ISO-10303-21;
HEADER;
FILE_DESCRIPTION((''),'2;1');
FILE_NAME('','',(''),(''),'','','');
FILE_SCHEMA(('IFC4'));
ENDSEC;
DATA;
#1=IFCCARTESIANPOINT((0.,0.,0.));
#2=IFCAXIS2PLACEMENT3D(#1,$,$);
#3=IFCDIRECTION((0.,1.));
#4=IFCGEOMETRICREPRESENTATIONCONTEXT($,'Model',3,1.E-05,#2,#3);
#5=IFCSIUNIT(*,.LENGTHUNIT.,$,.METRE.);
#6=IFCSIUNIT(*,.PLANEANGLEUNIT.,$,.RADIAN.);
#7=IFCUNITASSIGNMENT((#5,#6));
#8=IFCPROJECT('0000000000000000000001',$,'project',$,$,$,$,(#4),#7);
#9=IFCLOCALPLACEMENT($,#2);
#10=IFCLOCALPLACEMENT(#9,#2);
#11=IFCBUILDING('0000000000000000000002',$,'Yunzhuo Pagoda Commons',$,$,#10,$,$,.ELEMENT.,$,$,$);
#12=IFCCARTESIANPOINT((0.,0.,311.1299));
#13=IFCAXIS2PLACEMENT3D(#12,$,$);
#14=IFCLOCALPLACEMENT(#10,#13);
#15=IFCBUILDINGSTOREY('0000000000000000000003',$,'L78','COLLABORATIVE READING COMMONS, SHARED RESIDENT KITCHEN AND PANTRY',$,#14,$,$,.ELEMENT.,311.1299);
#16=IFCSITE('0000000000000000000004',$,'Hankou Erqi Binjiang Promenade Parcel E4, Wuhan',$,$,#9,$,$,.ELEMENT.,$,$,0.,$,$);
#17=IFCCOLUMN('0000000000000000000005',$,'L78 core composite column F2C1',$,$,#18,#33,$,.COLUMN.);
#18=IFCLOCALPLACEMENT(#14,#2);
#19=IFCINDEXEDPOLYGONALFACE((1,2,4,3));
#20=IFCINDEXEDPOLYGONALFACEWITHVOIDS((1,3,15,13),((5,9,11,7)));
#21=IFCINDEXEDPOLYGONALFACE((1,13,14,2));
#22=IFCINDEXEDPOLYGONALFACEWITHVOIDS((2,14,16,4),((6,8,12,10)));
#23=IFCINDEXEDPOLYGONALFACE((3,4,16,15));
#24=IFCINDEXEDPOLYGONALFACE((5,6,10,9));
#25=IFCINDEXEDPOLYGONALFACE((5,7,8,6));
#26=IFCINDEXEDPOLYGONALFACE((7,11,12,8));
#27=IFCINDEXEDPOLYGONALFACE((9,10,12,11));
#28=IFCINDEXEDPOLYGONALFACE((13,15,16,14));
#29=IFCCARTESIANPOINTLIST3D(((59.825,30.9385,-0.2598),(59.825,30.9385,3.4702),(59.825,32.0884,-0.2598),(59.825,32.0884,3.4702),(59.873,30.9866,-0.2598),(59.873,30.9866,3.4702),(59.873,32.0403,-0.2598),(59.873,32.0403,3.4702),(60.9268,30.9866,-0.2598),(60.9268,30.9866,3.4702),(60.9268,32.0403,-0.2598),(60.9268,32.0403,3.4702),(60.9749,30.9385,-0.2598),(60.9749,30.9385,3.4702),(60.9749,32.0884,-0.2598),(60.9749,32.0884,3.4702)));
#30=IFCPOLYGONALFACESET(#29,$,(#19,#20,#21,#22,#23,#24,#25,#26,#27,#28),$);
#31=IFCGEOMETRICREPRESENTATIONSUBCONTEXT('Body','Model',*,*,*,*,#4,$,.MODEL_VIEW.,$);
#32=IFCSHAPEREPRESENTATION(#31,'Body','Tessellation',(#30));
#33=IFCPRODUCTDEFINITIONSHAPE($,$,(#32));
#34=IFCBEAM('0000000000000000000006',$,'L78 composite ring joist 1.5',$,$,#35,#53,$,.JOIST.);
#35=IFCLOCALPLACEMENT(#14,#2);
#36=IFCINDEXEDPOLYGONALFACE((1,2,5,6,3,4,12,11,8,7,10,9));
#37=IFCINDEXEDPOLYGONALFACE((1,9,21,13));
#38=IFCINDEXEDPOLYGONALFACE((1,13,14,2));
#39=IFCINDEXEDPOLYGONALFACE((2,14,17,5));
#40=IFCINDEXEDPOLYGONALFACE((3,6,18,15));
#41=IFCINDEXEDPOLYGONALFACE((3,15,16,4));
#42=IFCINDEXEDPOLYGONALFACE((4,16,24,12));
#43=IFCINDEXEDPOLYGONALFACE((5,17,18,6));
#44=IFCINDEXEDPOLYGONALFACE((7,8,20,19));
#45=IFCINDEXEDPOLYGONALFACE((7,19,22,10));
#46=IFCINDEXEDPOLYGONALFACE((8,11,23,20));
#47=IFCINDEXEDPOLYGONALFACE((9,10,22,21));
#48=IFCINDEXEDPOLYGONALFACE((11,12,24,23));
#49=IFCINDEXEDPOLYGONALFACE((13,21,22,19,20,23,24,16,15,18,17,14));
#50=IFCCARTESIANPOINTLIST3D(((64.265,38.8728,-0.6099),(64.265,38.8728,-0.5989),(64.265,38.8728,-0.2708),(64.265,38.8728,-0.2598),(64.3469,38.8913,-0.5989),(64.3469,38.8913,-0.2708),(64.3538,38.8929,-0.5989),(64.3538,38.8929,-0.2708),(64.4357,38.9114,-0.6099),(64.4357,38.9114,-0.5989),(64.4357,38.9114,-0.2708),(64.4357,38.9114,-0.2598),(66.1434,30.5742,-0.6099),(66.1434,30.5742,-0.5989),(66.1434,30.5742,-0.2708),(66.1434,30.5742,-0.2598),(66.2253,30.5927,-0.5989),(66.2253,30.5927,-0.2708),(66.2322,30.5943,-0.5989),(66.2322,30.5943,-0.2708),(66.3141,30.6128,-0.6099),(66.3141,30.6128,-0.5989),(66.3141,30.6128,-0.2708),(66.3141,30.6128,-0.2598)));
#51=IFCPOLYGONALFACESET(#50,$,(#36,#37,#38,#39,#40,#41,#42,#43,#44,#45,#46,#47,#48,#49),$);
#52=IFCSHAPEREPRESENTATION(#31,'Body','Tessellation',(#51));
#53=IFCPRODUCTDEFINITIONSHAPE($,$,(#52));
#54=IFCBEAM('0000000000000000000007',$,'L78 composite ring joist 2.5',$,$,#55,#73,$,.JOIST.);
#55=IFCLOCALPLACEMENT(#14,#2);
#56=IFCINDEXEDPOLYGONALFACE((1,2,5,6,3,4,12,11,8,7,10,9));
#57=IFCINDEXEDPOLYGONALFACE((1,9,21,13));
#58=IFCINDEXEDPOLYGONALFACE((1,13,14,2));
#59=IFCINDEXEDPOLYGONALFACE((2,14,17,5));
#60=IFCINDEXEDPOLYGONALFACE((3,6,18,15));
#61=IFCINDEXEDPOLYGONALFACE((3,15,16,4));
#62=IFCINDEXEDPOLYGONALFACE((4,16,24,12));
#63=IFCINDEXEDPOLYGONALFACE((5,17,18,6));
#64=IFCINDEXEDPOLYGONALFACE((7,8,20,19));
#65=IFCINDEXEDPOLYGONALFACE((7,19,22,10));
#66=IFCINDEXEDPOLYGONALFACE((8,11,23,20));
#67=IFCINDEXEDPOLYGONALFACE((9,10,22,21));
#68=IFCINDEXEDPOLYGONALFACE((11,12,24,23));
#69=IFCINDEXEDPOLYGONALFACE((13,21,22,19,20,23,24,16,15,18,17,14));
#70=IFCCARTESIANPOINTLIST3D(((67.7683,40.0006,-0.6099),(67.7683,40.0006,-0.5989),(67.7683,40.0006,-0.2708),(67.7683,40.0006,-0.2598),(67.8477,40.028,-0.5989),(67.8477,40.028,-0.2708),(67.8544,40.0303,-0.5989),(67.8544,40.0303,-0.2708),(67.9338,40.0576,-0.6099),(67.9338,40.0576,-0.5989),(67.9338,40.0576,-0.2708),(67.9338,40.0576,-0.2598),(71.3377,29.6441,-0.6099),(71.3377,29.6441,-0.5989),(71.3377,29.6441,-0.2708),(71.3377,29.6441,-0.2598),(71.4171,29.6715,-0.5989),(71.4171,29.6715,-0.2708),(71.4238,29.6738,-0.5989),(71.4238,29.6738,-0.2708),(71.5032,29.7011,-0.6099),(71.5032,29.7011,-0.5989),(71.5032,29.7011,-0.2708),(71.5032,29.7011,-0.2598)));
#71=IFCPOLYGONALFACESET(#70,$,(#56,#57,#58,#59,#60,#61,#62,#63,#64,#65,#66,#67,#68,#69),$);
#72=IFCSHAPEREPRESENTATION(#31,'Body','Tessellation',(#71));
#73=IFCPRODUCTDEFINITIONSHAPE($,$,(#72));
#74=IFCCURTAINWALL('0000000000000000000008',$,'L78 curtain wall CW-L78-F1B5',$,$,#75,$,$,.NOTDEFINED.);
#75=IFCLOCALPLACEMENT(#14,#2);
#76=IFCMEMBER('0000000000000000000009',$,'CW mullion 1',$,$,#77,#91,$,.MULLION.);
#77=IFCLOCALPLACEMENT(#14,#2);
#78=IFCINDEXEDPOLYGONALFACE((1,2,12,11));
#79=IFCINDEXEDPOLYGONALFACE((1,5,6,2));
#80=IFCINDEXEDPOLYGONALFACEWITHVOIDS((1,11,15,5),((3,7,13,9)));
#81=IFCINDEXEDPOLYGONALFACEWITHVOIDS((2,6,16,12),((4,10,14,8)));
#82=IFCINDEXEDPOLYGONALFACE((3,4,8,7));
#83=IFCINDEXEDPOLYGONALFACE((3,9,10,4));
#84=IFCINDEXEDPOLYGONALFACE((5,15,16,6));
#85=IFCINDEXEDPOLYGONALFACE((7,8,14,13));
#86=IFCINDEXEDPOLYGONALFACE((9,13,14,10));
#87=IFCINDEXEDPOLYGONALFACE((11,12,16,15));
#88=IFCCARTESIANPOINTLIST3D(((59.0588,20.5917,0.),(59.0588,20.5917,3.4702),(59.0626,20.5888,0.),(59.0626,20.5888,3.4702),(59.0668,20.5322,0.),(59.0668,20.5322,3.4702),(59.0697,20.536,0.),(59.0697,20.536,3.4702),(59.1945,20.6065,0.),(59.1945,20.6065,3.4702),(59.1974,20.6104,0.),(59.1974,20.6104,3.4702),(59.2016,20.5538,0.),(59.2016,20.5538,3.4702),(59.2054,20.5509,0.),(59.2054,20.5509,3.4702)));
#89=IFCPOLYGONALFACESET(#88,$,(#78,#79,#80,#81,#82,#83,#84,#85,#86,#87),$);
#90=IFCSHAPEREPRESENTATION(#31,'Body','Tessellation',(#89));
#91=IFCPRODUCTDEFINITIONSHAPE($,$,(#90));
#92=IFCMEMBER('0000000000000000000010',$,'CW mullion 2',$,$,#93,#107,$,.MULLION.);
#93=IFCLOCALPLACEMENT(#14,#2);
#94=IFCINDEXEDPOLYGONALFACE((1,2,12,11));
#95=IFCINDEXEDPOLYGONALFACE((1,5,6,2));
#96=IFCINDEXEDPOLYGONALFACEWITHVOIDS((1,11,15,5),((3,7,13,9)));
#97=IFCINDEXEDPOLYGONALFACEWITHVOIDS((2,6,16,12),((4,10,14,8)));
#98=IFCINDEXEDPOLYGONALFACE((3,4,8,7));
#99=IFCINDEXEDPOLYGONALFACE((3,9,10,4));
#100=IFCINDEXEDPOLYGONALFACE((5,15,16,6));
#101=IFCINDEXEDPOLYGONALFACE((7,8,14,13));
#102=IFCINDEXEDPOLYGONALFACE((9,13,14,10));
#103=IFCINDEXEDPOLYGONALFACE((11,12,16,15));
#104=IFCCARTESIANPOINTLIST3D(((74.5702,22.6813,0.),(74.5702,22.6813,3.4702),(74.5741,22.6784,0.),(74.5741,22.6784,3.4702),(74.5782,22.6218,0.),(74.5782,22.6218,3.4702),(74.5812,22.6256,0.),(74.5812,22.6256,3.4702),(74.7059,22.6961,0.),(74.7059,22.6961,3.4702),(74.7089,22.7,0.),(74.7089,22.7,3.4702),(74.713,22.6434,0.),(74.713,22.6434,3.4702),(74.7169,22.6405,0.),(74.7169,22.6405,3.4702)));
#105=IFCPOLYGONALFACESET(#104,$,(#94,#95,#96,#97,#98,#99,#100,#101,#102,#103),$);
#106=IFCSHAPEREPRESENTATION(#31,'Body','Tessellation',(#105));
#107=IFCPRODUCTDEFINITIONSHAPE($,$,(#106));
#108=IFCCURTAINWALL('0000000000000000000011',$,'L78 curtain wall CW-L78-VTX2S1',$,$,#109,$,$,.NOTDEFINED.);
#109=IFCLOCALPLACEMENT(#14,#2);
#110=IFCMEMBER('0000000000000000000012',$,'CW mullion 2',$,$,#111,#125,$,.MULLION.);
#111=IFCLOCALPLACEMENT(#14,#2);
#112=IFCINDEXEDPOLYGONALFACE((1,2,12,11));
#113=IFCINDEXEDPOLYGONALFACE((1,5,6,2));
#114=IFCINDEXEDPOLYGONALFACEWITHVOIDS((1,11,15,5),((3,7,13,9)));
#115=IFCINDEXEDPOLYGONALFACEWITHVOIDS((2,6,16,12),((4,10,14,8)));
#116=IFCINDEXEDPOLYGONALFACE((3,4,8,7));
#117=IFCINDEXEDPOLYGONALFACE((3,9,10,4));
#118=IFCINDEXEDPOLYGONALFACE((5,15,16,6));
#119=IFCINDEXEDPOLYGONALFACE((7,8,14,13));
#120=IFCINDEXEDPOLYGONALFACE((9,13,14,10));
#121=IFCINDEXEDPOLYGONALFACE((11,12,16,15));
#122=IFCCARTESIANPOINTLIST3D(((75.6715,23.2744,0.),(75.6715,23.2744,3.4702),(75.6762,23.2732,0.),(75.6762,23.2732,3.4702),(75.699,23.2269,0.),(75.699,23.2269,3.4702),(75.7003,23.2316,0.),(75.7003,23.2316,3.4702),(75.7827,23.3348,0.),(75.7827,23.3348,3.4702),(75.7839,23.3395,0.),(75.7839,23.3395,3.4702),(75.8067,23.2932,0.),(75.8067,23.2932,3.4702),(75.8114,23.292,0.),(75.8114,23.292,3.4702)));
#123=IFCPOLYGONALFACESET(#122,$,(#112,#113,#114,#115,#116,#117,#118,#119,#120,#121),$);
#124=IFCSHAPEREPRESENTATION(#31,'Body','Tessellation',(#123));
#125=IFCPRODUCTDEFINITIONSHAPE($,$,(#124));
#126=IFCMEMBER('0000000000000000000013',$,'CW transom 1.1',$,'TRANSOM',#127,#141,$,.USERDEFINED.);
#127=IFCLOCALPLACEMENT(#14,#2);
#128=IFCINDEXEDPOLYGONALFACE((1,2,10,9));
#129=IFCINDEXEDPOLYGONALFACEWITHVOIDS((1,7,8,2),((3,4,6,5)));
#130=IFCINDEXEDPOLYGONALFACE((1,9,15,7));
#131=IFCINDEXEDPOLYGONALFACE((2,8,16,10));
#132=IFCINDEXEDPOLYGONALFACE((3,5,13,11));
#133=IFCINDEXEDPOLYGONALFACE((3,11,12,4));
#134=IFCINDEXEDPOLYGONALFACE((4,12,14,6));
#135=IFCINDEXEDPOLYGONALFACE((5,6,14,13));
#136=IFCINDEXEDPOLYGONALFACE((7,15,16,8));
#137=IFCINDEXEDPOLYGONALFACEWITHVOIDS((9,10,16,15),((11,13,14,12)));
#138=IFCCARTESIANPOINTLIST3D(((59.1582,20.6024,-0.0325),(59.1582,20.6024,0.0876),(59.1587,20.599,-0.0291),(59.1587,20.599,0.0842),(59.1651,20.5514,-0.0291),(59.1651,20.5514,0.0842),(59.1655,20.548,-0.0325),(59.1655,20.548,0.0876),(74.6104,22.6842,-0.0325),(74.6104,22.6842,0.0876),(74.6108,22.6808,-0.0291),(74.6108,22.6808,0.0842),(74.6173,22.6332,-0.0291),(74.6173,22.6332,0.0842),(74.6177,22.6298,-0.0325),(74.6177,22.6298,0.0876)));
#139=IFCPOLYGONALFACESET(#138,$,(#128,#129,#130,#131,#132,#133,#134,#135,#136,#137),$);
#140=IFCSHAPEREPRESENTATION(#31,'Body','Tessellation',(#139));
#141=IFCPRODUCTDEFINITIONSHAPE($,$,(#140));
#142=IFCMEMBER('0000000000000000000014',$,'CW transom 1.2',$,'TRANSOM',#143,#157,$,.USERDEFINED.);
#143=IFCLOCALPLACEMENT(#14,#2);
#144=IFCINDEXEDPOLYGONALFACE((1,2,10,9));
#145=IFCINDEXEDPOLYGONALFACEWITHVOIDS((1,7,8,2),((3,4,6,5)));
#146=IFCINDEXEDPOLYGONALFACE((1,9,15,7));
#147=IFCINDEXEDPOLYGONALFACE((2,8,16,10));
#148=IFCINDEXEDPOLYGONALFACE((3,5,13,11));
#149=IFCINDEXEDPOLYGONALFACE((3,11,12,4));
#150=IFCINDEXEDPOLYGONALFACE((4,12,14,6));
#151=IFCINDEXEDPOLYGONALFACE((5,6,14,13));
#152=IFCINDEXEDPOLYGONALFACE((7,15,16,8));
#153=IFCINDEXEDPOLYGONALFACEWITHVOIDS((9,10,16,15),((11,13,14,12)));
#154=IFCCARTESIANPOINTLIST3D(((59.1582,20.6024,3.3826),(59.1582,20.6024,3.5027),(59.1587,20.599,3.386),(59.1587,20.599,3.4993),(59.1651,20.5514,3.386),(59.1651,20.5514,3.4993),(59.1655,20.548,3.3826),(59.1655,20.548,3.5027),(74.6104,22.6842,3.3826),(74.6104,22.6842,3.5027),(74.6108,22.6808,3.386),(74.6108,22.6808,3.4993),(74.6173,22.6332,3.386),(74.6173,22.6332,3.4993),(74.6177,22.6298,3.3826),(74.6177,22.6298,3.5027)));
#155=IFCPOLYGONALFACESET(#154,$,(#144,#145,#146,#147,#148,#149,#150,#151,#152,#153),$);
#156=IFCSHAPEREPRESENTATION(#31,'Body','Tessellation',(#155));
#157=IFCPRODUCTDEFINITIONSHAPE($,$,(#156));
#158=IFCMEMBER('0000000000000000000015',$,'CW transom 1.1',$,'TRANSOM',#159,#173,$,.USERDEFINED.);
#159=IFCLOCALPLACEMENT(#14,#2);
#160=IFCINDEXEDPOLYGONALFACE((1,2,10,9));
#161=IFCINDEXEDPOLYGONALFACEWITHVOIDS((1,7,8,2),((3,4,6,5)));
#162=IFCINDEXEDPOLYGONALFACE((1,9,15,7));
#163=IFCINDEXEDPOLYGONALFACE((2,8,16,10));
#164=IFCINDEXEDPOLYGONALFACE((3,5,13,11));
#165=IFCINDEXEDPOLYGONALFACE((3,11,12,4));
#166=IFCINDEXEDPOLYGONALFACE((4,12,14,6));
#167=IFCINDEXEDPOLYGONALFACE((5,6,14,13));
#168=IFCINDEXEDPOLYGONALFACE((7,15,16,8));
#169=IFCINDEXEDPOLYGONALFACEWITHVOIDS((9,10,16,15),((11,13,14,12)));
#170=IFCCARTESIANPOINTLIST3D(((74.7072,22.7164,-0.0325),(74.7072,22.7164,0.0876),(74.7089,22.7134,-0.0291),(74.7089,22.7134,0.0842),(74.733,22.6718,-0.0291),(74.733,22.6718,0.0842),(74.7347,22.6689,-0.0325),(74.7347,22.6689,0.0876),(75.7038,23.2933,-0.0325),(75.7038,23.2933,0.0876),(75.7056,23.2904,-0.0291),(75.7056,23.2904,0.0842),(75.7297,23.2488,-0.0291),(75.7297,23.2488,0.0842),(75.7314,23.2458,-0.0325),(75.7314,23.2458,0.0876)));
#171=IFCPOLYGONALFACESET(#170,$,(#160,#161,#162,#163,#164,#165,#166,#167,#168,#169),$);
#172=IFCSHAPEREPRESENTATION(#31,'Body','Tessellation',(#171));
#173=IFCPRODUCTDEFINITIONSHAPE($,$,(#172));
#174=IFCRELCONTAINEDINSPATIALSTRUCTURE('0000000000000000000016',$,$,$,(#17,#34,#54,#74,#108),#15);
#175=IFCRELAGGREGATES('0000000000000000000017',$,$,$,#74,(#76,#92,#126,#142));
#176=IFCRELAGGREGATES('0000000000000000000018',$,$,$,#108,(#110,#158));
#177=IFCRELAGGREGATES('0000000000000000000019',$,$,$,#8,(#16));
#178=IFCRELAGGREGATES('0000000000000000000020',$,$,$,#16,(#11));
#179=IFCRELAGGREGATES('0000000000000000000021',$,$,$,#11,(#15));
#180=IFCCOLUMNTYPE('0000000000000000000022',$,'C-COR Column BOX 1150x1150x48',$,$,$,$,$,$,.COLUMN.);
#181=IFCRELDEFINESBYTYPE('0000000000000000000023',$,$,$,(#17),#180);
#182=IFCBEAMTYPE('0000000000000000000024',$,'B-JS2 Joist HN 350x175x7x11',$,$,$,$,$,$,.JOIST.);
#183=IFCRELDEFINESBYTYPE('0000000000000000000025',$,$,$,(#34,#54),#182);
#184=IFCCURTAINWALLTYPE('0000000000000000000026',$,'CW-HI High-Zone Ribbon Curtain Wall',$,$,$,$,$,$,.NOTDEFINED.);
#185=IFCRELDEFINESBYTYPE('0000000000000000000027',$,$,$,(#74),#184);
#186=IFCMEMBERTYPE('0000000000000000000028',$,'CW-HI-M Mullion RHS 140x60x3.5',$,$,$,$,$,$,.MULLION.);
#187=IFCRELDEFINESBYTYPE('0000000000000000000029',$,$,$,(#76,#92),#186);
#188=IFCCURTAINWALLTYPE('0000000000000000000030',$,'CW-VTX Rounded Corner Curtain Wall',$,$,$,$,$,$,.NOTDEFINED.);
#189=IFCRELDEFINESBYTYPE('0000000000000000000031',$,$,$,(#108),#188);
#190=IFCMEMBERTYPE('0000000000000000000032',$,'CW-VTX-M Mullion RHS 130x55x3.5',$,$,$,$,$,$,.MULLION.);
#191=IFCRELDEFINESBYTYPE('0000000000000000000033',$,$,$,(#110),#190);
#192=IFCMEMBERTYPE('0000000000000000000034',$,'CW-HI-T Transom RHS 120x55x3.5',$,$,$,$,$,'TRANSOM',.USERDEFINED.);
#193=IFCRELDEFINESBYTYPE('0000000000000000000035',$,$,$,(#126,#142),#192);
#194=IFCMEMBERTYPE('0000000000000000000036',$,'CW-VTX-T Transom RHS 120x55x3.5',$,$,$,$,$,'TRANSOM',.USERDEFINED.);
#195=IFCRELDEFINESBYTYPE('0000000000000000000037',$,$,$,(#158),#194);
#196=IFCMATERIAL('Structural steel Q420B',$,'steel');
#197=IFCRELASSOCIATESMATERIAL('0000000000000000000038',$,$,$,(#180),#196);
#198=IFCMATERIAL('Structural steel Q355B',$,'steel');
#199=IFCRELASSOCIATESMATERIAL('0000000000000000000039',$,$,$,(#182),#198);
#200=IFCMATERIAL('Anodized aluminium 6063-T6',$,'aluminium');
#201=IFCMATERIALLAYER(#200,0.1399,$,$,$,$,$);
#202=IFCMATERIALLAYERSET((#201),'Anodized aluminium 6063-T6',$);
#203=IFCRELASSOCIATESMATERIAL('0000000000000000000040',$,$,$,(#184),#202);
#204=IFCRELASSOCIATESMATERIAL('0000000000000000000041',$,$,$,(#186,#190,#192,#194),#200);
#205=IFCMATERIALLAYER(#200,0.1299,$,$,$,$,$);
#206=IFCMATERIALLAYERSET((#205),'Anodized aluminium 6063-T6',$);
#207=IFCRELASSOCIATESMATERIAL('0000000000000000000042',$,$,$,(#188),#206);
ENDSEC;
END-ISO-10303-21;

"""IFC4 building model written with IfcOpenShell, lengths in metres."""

from ifc_helpers import new_model, si_unit, direction, frame, origin, origin_2d, place, context, subcontext, project, spatial, hollow_rectangle, i_section, extrude, source, transform, mapped, material, layer, layer_set, material_profile, profile_set, type_object, element, aggregate, save


model = new_model("IFC4")

# Units and contexts
model_context = context("Model", 3, precision=1e-05, world=origin(), true_north=direction((0.0, 1.0)))
body_context = subcontext(model_context, "Body", "Model", "MODEL_VIEW")
ifc_project = project(units=[si_unit("LENGTHUNIT", "METRE"), si_unit("PLANEANGLEUNIT", "RADIAN")], contexts=[model_context])

# Site, building, storey
site_placement = place(None, origin())
site = spatial("IfcSite", under=ifc_project, at=site_placement, Name="Hankou Erqi Binjiang Promenade Parcel E4, Wuhan", CompositionType="ELEMENT", RefElevation=0.0)
building_placement = place(site_placement, origin())
building = spatial("IfcBuilding", under=site, at=building_placement, Name="Yunzhuo Pagoda Commons", CompositionType="ELEMENT")
storey_placement = place(building_placement, frame((0.0, 0.0, 311.1299)))
storey = spatial("IfcBuildingStorey", under=building, at=storey_placement, Name="L78", Description="COLLABORATIVE READING COMMONS, SHARED RESIDENT KITCHEN AND PANTRY", CompositionType="ELEMENT", Elevation=311.1299)

# Column
ifc_material_1 = material(Name="Structural steel Q420B", Category="steel")
ifc_material_profile_1 = material_profile(ifc_material_1, hollow_rectangle(XDim=1.1499, YDim=1.1499, WallThickness=0.0481, at=origin_2d()), Name="Structural steel Q420B")
ifc_profile_set_1 = profile_set([ifc_material_profile_1], Name="Structural steel Q420B")
column_type = type_object("IfcColumnType", Name="C-COR Column BOX 1150x1150x48", PredefinedType="COLUMN", material=ifc_profile_set_1)
shared_shape_1 = source(origin(), body_context, "Body", "SweptSolid", [
    extrude(hollow_rectangle(XDim=1.1499, YDim=1.1499, WallThickness=0.0481, at=origin_2d()), origin(), (0.0, 0.0, 1.0), 3.73),
])
column_placement = place(storey_placement, frame((60.3999, 31.5134, -0.2598), z_axis=(0.0, 0.0, 1.0), x_axis=(1.0, 0.0, 0.0)))
element("IfcColumn", 1, at=column_placement, inside=storey, type_object=column_type, Name="L78 core composite column F2C1", PredefinedType="COLUMN", context=body_context, shape_type="MappedRepresentation", body=[
    mapped(shared_shape_1, transform((0.0, 0.0, 0.0), scale=1.0)),
])

# Beams
ifc_material_2 = material(Name="Structural steel Q355B", Category="steel")
ifc_material_profile_2 = material_profile(ifc_material_2, i_section(OverallWidth=0.175, OverallDepth=0.3501, WebThickness=0.0071, FlangeThickness=0.011, at=origin_2d()), Name="Structural steel Q355B")
ifc_profile_set_2 = profile_set([ifc_material_profile_2], Name="Structural steel Q355B")
beam_type = type_object("IfcBeamType", Name="B-JS2 Joist HN 350x175x7x11", PredefinedType="JOIST", material=ifc_profile_set_2)
shared_shape_2 = source(origin(), body_context, "Body", "SweptSolid", [
    extrude(i_section(OverallWidth=0.175, OverallDepth=0.3501, WebThickness=0.0071, FlangeThickness=0.011, at=origin_2d()), origin(), (0.0, 0.0, 1.0), 8.5085),
])
beam_1_placement = place(storey_placement, frame((66.2288, 30.5935, -0.4348), z_axis=(-0.220769, 0.975326, 0.0), x_axis=(-0.975326, -0.220769, 0.0)))
element("IfcBeam", 2, at=beam_1_placement, inside=storey, type_object=beam_type, Name="L78 composite ring joist 1.5", PredefinedType="JOIST", context=body_context, shape_type="MappedRepresentation", body=[
    mapped(shared_shape_2, transform((0.0, 0.0, 0.0), scale=1.0)),
])
shared_shape_3 = source(origin(), body_context, "Body", "SweptSolid", [
    extrude(i_section(OverallWidth=0.175, OverallDepth=0.3501, WebThickness=0.0071, FlangeThickness=0.011, at=origin_2d()), origin(), (0.0, 0.0, 1.0), 10.9543),
])
beam_2_placement = place(storey_placement, frame((71.4204, 29.6726, -0.4348), z_axis=(-0.32584, 0.945425, 0.0), x_axis=(-0.945425, -0.32584, 0.0)))
element("IfcBeam", 3, at=beam_2_placement, inside=storey, type_object=beam_type, Name="L78 composite ring joist 2.5", PredefinedType="JOIST", context=body_context, shape_type="MappedRepresentation", body=[
    mapped(shared_shape_3, transform((0.0, 0.0, 0.0), scale=1.0)),
])

# Curtain wall, members
ifc_material_3 = material(Name="Anodized aluminium 6063-T6", Category="aluminium")
ifc_layer_1 = layer(ifc_material_3, 0.1399)
ifc_layer_set_1 = layer_set([ifc_layer_1], Name="Anodized aluminium 6063-T6")
curtain_wall_type_1 = type_object("IfcCurtainWallType", Name="CW-HI High-Zone Ribbon Curtain Wall", PredefinedType="NOTDEFINED", material=ifc_layer_set_1)
curtain_wall_1_placement = place(storey_placement, origin())
curtain_wall_1 = element("IfcCurtainWall", 4, at=curtain_wall_1_placement, inside=storey, type_object=curtain_wall_type_1, Name="L78 curtain wall CW-L78-F1B5", PredefinedType="NOTDEFINED")
ifc_material_profile_3 = material_profile(ifc_material_3, hollow_rectangle(XDim=0.0601, YDim=0.1399, WallThickness=0.0034, at=origin_2d()), Name="Anodized aluminium 6063-T6")
ifc_profile_set_3 = profile_set([ifc_material_profile_3], Name="Anodized aluminium 6063-T6")
member_type_1 = type_object("IfcMemberType", Name="CW-HI-M Mullion RHS 140x60x3.5", PredefinedType="MULLION", material=ifc_profile_set_3)
shared_shape_4 = source(origin(), body_context, "Body", "SweptSolid", [
    extrude(hollow_rectangle(XDim=0.0601, YDim=0.1399, WallThickness=0.0034, at=origin_2d()), origin(), (0.0, 0.0, 1.0), 3.4702),
])
member_1_placement = place(storey_placement, frame((59.1321, 20.5713, 0.0), z_axis=(0.0, 0.0, 1.0), x_axis=(-0.133519, 0.991046, 0.0)))
member_1 = element("IfcMember", 5, at=member_1_placement, type_object=member_type_1, Name="CW mullion 1", PredefinedType="MULLION", context=body_context, shape_type="MappedRepresentation", body=[
    mapped(shared_shape_4, transform((0.0, 0.0, 0.0), scale=1.0)),
])
member_2_placement = place(storey_placement, frame((74.6436, 22.6609, 0.0), z_axis=(0.0, 0.0, 1.0), x_axis=(-0.133519, 0.991046, 0.0)))
member_2 = element("IfcMember", 6, at=member_2_placement, type_object=member_type_1, Name="CW mullion 2", PredefinedType="MULLION", context=body_context, shape_type="MappedRepresentation", body=[
    mapped(shared_shape_4, transform((0.0, 0.0, 0.0), scale=1.0)),
])

# Curtain wall, member
ifc_layer_2 = layer(ifc_material_3, 0.1299)
ifc_layer_set_2 = layer_set([ifc_layer_2], Name="Anodized aluminium 6063-T6")
curtain_wall_type_2 = type_object("IfcCurtainWallType", Name="CW-VTX Rounded Corner Curtain Wall", PredefinedType="NOTDEFINED", material=ifc_layer_set_2)
curtain_wall_2_placement = place(storey_placement, origin())
curtain_wall_2 = element("IfcCurtainWall", 7, at=curtain_wall_2_placement, inside=storey, type_object=curtain_wall_type_2, Name="L78 curtain wall CW-L78-VTX2S1", PredefinedType="NOTDEFINED")
ifc_material_profile_4 = material_profile(ifc_material_3, hollow_rectangle(XDim=0.0549, YDim=0.1299, WallThickness=0.0034, at=origin_2d()), Name="Anodized aluminium 6063-T6")
ifc_profile_set_4 = profile_set([ifc_material_profile_4], Name="Anodized aluminium 6063-T6")
member_type_2 = type_object("IfcMemberType", Name="CW-VTX-M Mullion RHS 130x55x3.5", PredefinedType="MULLION", material=ifc_profile_set_4)
shared_shape_5 = source(origin(), body_context, "Body", "SweptSolid", [
    extrude(hollow_rectangle(XDim=0.0549, YDim=0.1299, WallThickness=0.0034, at=origin_2d()), origin(), (0.0, 0.0, 1.0), 3.4702),
])
member_3_placement = place(storey_placement, frame((75.7415, 23.2832, 0.0), z_axis=(0.0, 0.0, 1.0), x_axis=(-0.501027, 0.865432, 0.0)))
member_3 = element("IfcMember", 8, at=member_3_placement, type_object=member_type_2, Name="CW mullion 2", PredefinedType="MULLION", context=body_context, shape_type="MappedRepresentation", body=[
    mapped(shared_shape_5, transform((0.0, 0.0, 0.0), scale=1.0)),
])

# Members
ifc_material_profile_5 = material_profile(ifc_material_3, hollow_rectangle(XDim=0.0549, YDim=0.1201, WallThickness=0.0034, at=origin_2d()), Name="Anodized aluminium 6063-T6")
ifc_profile_set_5 = profile_set([ifc_material_profile_5], Name="Anodized aluminium 6063-T6")
member_type_3 = type_object("IfcMemberType", Name="CW-HI-T Transom RHS 120x55x3.5", ElementType="TRANSOM", PredefinedType="USERDEFINED", material=ifc_profile_set_5)
shared_shape_6 = source(origin(), body_context, "Body", "SweptSolid", [
    extrude(hollow_rectangle(XDim=0.0549, YDim=0.1201, WallThickness=0.0034, at=origin_2d()), origin(), (0.0, 0.0, 1.0), 15.5918),
])
member_4_placement = place(storey_placement, frame((59.1619, 20.5752, 0.0276), z_axis=(0.991046, 0.133518, 0.0), x_axis=(-0.133518, 0.991046, 0.0)))
member_4 = element("IfcMember", 9, at=member_4_placement, type_object=member_type_3, Name="CW transom 1.1", ObjectType="TRANSOM", PredefinedType="USERDEFINED", context=body_context, shape_type="MappedRepresentation", body=[
    mapped(shared_shape_6, transform((0.0, 0.0, 0.0), scale=1.0)),
])
member_5_placement = place(storey_placement, frame((59.1619, 20.5752, 3.4426), z_axis=(0.991046, 0.133518, 0.0), x_axis=(-0.133518, 0.991046, 0.0)))
member_5 = element("IfcMember", 10, at=member_5_placement, type_object=member_type_3, Name="CW transom 1.2", ObjectType="TRANSOM", PredefinedType="USERDEFINED", context=body_context, shape_type="MappedRepresentation", body=[
    mapped(shared_shape_6, transform((0.0, 0.0, 0.0), scale=1.0)),
])
ifc_material_profile_6 = material_profile(ifc_material_3, hollow_rectangle(XDim=0.0549, YDim=0.1201, WallThickness=0.0034, at=origin_2d()), Name="Anodized aluminium 6063-T6")
ifc_profile_set_6 = profile_set([ifc_material_profile_6], Name="Anodized aluminium 6063-T6")
member_type_4 = type_object("IfcMemberType", Name="CW-VTX-T Transom RHS 120x55x3.5", ElementType="TRANSOM", PredefinedType="USERDEFINED", material=ifc_profile_set_6)
shared_shape_7 = source(origin(), body_context, "Body", "SweptSolid", [
    extrude(hollow_rectangle(XDim=0.0549, YDim=0.1201, WallThickness=0.0034, at=origin_2d()), origin(), (0.0, 0.0, 1.0), 1.1516),
])
member_6_placement = place(storey_placement, frame((74.7209, 22.6926, 0.0276), z_axis=(0.86545, 0.500994, 0.0), x_axis=(-0.500994, 0.86545, 0.0)))
member_6 = element("IfcMember", 11, at=member_6_placement, type_object=member_type_4, Name="CW transom 1.1", ObjectType="TRANSOM", PredefinedType="USERDEFINED", context=body_context, shape_type="MappedRepresentation", body=[
    mapped(shared_shape_7, transform((0.0, 0.0, 0.0), scale=1.0)),
])

aggregate(curtain_wall_1, [member_1, member_2, member_4, member_5])
aggregate(curtain_wall_2, [member_3, member_6])

save(model, "model.ifc")
